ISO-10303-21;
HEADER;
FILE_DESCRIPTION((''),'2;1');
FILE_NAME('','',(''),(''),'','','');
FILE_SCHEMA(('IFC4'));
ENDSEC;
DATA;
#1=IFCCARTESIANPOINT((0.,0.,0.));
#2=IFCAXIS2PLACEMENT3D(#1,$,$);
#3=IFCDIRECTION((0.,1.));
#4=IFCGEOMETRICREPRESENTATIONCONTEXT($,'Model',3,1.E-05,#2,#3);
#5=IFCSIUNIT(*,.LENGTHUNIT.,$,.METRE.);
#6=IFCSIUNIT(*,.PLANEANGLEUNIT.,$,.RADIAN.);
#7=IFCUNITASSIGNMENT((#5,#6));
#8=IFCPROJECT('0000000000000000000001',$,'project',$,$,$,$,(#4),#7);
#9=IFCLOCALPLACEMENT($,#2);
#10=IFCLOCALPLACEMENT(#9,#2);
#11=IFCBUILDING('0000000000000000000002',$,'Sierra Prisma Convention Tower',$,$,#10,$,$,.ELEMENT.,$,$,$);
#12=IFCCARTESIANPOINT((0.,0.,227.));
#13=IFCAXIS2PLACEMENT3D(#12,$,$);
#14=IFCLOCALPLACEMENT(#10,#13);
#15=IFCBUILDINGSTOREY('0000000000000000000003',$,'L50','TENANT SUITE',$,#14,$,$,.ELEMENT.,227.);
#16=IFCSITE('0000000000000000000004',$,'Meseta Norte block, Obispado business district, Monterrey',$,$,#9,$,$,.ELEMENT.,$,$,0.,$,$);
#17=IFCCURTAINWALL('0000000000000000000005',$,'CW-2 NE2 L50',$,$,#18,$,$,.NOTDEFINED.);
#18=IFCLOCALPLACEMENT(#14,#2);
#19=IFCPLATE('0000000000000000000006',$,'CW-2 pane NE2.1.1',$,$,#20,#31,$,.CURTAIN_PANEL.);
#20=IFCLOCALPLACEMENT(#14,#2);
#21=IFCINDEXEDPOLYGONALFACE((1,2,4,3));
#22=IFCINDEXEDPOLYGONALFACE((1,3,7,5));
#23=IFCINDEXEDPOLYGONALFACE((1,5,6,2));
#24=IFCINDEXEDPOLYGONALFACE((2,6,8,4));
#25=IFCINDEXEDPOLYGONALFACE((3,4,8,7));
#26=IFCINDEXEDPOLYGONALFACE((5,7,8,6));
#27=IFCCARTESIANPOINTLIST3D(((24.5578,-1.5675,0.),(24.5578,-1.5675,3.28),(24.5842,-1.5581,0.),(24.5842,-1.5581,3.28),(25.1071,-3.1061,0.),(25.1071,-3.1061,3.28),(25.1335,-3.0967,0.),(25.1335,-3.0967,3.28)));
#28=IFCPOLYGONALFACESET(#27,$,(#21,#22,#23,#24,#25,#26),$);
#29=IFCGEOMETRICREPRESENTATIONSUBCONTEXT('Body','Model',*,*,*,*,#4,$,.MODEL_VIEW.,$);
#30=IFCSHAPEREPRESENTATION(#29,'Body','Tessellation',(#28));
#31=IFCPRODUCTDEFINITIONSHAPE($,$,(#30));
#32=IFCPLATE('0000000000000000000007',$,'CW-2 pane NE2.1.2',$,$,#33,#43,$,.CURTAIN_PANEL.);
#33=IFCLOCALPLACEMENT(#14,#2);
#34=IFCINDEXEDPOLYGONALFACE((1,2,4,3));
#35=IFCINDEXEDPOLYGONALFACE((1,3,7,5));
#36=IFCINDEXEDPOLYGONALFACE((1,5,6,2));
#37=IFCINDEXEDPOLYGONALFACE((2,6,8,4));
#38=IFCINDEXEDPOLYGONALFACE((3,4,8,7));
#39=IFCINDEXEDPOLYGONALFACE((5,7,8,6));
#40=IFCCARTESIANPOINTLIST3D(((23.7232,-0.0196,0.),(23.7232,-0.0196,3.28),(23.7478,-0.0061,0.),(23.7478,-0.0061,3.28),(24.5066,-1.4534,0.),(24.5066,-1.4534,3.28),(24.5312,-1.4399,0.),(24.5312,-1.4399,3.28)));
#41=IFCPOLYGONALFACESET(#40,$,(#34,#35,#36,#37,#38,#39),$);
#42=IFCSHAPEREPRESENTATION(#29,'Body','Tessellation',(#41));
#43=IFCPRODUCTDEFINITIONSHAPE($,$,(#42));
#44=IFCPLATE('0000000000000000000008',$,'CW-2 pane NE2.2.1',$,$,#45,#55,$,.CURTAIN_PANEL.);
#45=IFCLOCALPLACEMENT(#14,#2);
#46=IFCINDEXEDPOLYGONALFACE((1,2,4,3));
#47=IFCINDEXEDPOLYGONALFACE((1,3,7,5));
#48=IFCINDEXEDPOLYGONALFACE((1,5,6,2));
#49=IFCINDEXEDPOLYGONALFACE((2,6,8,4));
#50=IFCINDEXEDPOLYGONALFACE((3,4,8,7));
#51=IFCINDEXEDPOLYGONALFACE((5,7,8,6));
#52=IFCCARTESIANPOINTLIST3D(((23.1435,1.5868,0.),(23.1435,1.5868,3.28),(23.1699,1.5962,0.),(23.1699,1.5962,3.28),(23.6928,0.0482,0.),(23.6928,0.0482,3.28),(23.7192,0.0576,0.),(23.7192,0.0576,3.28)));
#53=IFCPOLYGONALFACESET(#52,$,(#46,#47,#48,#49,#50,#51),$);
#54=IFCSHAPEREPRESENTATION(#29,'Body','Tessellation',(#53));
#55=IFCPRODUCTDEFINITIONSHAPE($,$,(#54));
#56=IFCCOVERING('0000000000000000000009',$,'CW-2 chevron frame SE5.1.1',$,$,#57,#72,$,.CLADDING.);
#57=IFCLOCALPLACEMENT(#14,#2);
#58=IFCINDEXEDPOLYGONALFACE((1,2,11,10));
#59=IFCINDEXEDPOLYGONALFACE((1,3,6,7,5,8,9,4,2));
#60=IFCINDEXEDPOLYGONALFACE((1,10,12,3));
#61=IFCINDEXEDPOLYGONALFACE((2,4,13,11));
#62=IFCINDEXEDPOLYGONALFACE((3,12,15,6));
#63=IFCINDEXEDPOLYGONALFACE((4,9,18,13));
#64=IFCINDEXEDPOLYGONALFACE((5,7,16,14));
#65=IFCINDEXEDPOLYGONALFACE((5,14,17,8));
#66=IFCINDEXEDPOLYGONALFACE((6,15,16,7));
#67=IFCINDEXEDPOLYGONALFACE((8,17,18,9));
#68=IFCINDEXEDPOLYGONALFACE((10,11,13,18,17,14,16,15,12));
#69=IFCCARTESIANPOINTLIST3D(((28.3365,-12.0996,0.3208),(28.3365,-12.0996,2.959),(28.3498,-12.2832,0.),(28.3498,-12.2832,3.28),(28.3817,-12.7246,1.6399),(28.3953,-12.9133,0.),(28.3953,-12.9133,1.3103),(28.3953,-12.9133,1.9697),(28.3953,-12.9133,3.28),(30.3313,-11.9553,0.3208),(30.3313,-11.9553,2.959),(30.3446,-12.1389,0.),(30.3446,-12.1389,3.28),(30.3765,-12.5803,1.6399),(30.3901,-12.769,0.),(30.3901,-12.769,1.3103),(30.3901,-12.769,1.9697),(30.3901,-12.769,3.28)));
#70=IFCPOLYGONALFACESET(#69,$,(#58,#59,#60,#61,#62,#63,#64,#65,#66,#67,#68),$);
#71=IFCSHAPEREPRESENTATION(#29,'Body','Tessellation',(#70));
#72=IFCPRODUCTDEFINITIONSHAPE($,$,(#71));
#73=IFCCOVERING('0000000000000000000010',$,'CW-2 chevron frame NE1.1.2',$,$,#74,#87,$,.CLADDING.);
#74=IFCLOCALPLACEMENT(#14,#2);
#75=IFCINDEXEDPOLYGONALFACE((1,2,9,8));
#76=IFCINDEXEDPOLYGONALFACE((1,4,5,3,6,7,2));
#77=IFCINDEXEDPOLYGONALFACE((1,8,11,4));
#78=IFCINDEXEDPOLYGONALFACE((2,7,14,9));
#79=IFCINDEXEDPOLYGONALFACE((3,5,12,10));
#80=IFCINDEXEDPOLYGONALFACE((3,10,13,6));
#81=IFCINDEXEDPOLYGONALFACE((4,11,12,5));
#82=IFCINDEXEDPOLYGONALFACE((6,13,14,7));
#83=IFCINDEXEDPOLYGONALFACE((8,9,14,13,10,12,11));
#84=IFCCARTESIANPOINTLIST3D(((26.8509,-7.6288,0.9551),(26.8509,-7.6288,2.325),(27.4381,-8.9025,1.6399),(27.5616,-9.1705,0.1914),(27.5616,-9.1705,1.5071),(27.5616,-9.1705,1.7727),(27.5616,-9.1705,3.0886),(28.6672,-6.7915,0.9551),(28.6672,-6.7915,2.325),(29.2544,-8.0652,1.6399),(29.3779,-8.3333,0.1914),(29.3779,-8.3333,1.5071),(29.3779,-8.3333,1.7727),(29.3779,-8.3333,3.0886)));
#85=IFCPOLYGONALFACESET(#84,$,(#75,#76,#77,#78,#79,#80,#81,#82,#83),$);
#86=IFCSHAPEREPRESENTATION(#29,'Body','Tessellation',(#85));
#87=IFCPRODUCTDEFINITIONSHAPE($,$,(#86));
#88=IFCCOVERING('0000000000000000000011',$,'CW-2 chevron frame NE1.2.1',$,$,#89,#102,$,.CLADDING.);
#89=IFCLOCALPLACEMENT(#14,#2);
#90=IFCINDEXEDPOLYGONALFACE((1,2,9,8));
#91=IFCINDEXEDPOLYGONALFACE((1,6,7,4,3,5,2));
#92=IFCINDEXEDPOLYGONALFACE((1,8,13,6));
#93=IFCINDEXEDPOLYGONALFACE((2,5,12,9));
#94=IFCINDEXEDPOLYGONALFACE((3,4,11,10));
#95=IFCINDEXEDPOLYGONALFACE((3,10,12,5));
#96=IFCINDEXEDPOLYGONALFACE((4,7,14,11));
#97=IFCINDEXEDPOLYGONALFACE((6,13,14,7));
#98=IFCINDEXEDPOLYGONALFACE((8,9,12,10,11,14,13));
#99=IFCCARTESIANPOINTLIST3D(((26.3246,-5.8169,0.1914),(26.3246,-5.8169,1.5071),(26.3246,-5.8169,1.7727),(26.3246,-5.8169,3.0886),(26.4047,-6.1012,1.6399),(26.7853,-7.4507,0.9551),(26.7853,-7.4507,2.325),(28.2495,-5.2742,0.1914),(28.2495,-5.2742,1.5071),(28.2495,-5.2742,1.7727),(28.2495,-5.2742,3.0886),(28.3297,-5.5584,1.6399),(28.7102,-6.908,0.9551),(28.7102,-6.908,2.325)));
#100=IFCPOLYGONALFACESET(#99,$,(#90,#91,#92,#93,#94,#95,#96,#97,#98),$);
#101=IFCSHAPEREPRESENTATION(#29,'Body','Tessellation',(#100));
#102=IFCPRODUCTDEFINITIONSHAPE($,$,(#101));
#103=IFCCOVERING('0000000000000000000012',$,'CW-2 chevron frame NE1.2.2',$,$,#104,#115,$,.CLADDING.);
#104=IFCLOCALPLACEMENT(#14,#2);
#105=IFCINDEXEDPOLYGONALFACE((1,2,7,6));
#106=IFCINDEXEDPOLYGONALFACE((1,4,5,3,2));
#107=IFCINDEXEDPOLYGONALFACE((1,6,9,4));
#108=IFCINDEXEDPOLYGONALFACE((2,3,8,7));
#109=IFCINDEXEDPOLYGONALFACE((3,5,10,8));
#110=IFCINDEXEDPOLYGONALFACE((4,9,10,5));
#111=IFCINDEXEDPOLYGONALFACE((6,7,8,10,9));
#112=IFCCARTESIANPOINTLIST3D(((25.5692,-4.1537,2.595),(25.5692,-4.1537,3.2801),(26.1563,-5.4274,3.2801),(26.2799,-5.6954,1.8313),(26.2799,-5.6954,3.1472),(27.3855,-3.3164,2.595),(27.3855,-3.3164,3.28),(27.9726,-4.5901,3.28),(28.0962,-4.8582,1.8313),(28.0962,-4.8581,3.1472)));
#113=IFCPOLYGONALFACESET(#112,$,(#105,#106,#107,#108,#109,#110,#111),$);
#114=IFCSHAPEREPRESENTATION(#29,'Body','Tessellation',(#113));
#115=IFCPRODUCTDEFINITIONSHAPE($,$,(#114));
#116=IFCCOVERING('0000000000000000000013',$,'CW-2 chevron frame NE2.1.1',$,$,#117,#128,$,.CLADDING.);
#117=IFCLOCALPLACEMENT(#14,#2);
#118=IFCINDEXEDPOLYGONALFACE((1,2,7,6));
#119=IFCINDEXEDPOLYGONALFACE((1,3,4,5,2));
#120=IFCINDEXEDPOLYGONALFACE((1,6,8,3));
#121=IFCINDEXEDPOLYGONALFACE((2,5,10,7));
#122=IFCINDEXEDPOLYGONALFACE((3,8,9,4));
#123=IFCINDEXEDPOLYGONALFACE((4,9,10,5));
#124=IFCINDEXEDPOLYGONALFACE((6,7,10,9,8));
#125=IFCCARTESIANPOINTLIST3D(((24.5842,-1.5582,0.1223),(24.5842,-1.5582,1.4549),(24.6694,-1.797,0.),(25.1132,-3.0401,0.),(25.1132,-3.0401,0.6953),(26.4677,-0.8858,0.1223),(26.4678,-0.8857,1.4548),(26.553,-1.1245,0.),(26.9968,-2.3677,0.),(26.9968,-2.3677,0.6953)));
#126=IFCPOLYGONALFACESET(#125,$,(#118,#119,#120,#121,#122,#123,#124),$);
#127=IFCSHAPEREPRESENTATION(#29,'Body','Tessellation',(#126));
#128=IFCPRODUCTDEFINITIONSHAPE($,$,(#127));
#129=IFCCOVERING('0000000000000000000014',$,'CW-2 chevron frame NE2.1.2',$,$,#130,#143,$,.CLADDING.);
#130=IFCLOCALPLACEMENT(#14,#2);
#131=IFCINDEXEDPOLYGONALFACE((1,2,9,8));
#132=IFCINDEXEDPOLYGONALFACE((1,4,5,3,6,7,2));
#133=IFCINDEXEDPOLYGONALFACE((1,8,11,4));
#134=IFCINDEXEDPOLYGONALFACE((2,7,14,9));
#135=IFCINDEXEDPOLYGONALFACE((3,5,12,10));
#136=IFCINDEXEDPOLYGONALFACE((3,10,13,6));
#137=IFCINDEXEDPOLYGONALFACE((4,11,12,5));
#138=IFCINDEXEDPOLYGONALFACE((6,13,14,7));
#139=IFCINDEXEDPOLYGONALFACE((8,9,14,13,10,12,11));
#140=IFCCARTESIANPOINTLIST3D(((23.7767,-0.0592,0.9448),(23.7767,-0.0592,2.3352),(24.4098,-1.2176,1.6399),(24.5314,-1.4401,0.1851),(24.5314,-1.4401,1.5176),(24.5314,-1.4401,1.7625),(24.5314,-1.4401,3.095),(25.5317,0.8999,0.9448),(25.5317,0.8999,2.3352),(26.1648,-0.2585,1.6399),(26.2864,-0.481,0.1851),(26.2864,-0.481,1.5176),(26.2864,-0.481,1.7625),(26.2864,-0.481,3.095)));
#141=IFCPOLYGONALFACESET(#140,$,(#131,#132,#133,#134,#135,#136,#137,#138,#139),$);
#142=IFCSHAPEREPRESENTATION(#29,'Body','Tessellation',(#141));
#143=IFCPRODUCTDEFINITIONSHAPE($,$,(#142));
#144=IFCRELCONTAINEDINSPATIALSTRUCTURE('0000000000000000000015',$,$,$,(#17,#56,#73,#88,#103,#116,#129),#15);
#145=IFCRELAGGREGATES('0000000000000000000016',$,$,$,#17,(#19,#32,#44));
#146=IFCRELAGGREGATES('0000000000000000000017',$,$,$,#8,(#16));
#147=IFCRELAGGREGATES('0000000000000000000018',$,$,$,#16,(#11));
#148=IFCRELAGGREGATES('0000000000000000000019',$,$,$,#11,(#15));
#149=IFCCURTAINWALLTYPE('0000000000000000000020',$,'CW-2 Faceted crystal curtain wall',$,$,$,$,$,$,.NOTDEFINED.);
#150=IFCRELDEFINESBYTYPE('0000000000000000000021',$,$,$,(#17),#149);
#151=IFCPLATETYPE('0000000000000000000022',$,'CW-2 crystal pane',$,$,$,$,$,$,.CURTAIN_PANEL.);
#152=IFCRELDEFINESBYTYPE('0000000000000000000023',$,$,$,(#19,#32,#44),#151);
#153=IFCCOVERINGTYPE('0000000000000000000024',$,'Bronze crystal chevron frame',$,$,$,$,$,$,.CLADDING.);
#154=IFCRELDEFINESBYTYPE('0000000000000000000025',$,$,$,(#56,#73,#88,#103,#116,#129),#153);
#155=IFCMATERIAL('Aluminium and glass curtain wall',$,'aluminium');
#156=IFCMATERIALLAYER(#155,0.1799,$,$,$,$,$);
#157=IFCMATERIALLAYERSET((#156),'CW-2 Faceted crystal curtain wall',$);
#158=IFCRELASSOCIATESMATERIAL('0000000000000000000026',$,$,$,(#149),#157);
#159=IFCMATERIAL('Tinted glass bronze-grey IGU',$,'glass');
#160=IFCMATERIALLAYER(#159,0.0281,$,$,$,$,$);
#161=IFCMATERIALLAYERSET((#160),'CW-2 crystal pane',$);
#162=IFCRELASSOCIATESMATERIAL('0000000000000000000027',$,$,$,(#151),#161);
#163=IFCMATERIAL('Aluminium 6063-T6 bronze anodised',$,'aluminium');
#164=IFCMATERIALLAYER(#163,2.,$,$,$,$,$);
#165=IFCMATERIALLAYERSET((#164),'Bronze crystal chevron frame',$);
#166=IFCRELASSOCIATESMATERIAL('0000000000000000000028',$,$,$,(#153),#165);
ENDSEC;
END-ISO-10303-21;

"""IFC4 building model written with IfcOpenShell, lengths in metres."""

from ifc_helpers import new_model, si_unit, direction, frame, origin, place, context, subcontext, project, spatial, polyline, outline, extrude, material, layer, layer_set, type_object, element, aggregate, save


model = new_model("IFC4")

# Units and contexts
model_context = context("Model", 3, precision=1e-05, world=origin(), true_north=direction((0.0, 1.0)))
body_context = subcontext(model_context, "Body", "Model", "MODEL_VIEW")
ifc_project = project(units=[si_unit("LENGTHUNIT", "METRE"), si_unit("PLANEANGLEUNIT", "RADIAN")], contexts=[model_context])

# Site, building, storey
site_placement = place(None, origin())
site = spatial("IfcSite", under=ifc_project, at=site_placement, Name="Meseta Norte block, Obispado business district, Monterrey", CompositionType="ELEMENT", RefElevation=0.0)
building_placement = place(site_placement, origin())
building = spatial("IfcBuilding", under=site, at=building_placement, Name="Sierra Prisma Convention Tower", CompositionType="ELEMENT")
storey_placement = place(building_placement, frame((0.0, 0.0, 227.0)))
storey = spatial("IfcBuildingStorey", under=building, at=storey_placement, Name="L50", Description="TENANT SUITE", CompositionType="ELEMENT", Elevation=227.0)

# Shared definitions
ifc_material_1 = material(Name="Aluminium and glass curtain wall", Category="aluminium")
ifc_layer_1 = layer(ifc_material_1, 0.1799)
ifc_layer_set_1 = layer_set([ifc_layer_1], Name="CW-2 Faceted crystal curtain wall")
curtain_wall_type = type_object("IfcCurtainWallType", Name="CW-2 Faceted crystal curtain wall", PredefinedType="NOTDEFINED", material=ifc_layer_set_1)

# Curtain wall
curtain_wall_1_placement = place(storey_placement, origin())
curtain_wall_1 = element("IfcCurtainWall", 1, at=curtain_wall_1_placement, inside=storey, type_object=curtain_wall_type, Name="CW-2 NE2 L50", PredefinedType="NOTDEFINED")

# Plates
ifc_material_2 = material(Name="Tinted glass bronze-grey IGU", Category="glass")
ifc_layer_2 = layer(ifc_material_2, 0.0281)
ifc_layer_set_2 = layer_set([ifc_layer_2], Name="CW-2 crystal pane")
plate_type = type_object("IfcPlateType", Name="CW-2 crystal pane", PredefinedType="CURTAIN_PANEL", material=ifc_layer_set_2)
plate_1_placement = place(storey_placement, frame((25.1335, -3.0967, 0.0), z_axis=(0.941776, 0.336242, 0.0), x_axis=(-0.336242, 0.941776, 0.0)))
plate_1 = element("IfcPlate", 2, at=plate_1_placement, type_object=plate_type, Name="CW-2 pane NE2.1.1", PredefinedType="CURTAIN_PANEL", context=body_context, shape_type="SweptSolid", body=[
    extrude(outline(polyline([(0.0, 0.0), (1.6337, 0.0), (1.6337, 3.28), (0.0, 3.28), (0.0, 0.0)])), origin(), (0.0, 0.0, -1.0), 0.0281),
])
plate_2_placement = place(storey_placement, frame((23.7478, -0.0061, 0.0), z_axis=(0.877547, 0.479491, 0.0), x_axis=(0.479491, -0.877547, 0.0)))
plate_2 = element("IfcPlate", 3, at=plate_2_placement, type_object=plate_type, Name="CW-2 pane NE2.1.2", PredefinedType="CURTAIN_PANEL", context=body_context, shape_type="SweptSolid", body=[
    extrude(outline(polyline([(0.0, 0.0), (1.6339, 0.0), (1.6339, -3.28), (0.0, -3.28), (0.0, 0.0)])), origin(), (0.0, 0.0, -1.0), 0.0281),
])
plate_3_placement = place(storey_placement, frame((23.7192, 0.0576, 0.0), z_axis=(0.941776, 0.336242, 0.0), x_axis=(-0.336242, 0.941776, 0.0)))
plate_3 = element("IfcPlate", 4, at=plate_3_placement, type_object=plate_type, Name="CW-2 pane NE2.2.1", PredefinedType="CURTAIN_PANEL", context=body_context, shape_type="SweptSolid", body=[
    extrude(outline(polyline([(0.0, 0.0), (1.6337, 0.0), (1.6337, 3.28), (0.0, 3.28), (0.0, 0.0)])), origin(), (0.0, 0.0, -1.0), 0.0281),
])
aggregate(curtain_wall_1, [plate_1, plate_2, plate_3])

# Coverings
ifc_material_3 = material(Name="Aluminium 6063-T6 bronze anodised", Category="aluminium")
ifc_layer_3 = layer(ifc_material_3, 2.0)
ifc_layer_set_3 = layer_set([ifc_layer_3], Name="Bronze crystal chevron frame")
covering_type = type_object("IfcCoveringType", Name="Bronze crystal chevron frame", PredefinedType="CLADDING", material=ifc_layer_set_3)
covering_1_placement = place(storey_placement, frame((30.3901, -12.769, 0.0), z_axis=(0.997395, 0.072128, 0.0), x_axis=(-0.072128, 0.997395, 0.0)))
element("IfcCovering", 5, at=covering_1_placement, inside=storey, type_object=covering_type, Name="CW-2 chevron frame SE5.1.1", PredefinedType="CLADDING", context=body_context, shape_type="SweptSolid", body=[
    extrude(outline(polyline([(0.0, 0.0), (0.6318, 0.0), (0.8158, 0.3208), (0.8158, 2.959), (0.6318, 3.28), (0.0, 3.28), (0.0, 1.9697), (0.1892, 1.6399), (0.0, 1.3103), (0.0, 0.0)])), origin(), (0.0, 0.0, -1.0), 2.0),
])
covering_2_placement = place(storey_placement, frame((29.3779, -8.3333, 1.5071), z_axis=(0.908157, 0.418631, 0.0), x_axis=(0.0, 0.0, -1.0)))
element("IfcCovering", 6, at=covering_2_placement, inside=storey, type_object=covering_type, Name="CW-2 chevron frame NE1.1.2", PredefinedType="CLADDING", context=body_context, shape_type="SweptSolid", body=[
    extrude(outline(polyline([(0.0, 0.0), (1.3157, 0.0), (0.552, 1.6977), (-0.8179, 1.6977), (-1.5815, 0.0), (-0.2656, 0.0), (-0.1328, 0.2952), (0.0, 0.0)])), origin(), (0.0, 0.0, -1.0), 2.0),
])
covering_3_placement = place(storey_placement, frame((28.7102, -6.908, 0.9551), z_axis=(0.96247, 0.271389, 0.0), x_axis=(-0.247496, 0.877736, -0.410274)))
element("IfcCovering", 7, at=covering_3_placement, inside=storey, type_object=covering_type, Name="CW-2 chevron frame NE1.2.1", PredefinedType="CLADDING", context=body_context, shape_type="SweptSolid", body=[
    extrude(outline(polyline([(0.0, 0.0), (1.8614, 0.0), (1.3216, 1.1998), (0.9978, 1.1998), (1.2126, 1.4421), (0.6727, 2.6422), (-0.562, 1.2493), (0.0, 0.0)])), origin(), (0.0, 0.0, -1.0), 2.0),
])
covering_4_placement = place(storey_placement, frame((28.0962, -4.8582, 1.8313), z_axis=(0.908157, 0.418631, -0.000015), x_axis=(-0.381776, 0.828221, 0.41024)))
element("IfcCovering", 8, at=covering_4_placement, inside=storey, type_object=covering_type, Name="CW-2 chevron frame NE1.2.2", PredefinedType="CLADDING", context=body_context, shape_type="SweptSolid", body=[
    extrude(outline(polyline([(0.0, 0.0), (1.8615, 0.0), (2.1426, 0.6248), (0.8635, 1.2001), (0.5398, 1.2001), (0.0, 0.0)])), origin(), (0.0, 0.0, -1.0), 2.0),
])
covering_5_placement = place(storey_placement, frame((26.553, -1.1245, 0.0), z_axis=(0.941784, 0.33622, -0.000016), x_axis=(-0.302811, 0.848223, 0.434539)))
element("IfcCovering", 9, at=covering_5_placement, inside=storey, type_object=covering_type, Name="CW-2 chevron frame NE2.1.1", PredefinedType="CLADDING", context=body_context, shape_type="SweptSolid", body=[
    extrude(outline(polyline([(0.0, 0.0), (0.2815, 0.0), (0.8605, 1.2001), (-0.8867, 1.1998), (-1.1889, 0.5736), (0.0, 0.0)])), origin(), (0.0, 0.0, -1.0), 2.0),
])
covering_6_placement = place(storey_placement, frame((26.2864, -0.481, 1.5176), z_axis=(0.87751, 0.479558, 0.0), x_axis=(0.0, 0.0, -1.0)))
element("IfcCovering", 10, at=covering_6_placement, inside=storey, type_object=covering_type, Name="CW-2 chevron frame NE2.1.2", PredefinedType="CLADDING", context=body_context, shape_type="SweptSolid", body=[
    extrude(outline(polyline([(0.0, 0.0), (1.3325, 0.0), (0.5728, 1.5736), (-0.8176, 1.5736), (-1.5774, 0.0), (-0.2449, 0.0), (-0.1223, 0.2535), (0.0, 0.0)])), origin(), (0.0, 0.0, -1.0), 2.0),
])

save(model, "model.ifc")
